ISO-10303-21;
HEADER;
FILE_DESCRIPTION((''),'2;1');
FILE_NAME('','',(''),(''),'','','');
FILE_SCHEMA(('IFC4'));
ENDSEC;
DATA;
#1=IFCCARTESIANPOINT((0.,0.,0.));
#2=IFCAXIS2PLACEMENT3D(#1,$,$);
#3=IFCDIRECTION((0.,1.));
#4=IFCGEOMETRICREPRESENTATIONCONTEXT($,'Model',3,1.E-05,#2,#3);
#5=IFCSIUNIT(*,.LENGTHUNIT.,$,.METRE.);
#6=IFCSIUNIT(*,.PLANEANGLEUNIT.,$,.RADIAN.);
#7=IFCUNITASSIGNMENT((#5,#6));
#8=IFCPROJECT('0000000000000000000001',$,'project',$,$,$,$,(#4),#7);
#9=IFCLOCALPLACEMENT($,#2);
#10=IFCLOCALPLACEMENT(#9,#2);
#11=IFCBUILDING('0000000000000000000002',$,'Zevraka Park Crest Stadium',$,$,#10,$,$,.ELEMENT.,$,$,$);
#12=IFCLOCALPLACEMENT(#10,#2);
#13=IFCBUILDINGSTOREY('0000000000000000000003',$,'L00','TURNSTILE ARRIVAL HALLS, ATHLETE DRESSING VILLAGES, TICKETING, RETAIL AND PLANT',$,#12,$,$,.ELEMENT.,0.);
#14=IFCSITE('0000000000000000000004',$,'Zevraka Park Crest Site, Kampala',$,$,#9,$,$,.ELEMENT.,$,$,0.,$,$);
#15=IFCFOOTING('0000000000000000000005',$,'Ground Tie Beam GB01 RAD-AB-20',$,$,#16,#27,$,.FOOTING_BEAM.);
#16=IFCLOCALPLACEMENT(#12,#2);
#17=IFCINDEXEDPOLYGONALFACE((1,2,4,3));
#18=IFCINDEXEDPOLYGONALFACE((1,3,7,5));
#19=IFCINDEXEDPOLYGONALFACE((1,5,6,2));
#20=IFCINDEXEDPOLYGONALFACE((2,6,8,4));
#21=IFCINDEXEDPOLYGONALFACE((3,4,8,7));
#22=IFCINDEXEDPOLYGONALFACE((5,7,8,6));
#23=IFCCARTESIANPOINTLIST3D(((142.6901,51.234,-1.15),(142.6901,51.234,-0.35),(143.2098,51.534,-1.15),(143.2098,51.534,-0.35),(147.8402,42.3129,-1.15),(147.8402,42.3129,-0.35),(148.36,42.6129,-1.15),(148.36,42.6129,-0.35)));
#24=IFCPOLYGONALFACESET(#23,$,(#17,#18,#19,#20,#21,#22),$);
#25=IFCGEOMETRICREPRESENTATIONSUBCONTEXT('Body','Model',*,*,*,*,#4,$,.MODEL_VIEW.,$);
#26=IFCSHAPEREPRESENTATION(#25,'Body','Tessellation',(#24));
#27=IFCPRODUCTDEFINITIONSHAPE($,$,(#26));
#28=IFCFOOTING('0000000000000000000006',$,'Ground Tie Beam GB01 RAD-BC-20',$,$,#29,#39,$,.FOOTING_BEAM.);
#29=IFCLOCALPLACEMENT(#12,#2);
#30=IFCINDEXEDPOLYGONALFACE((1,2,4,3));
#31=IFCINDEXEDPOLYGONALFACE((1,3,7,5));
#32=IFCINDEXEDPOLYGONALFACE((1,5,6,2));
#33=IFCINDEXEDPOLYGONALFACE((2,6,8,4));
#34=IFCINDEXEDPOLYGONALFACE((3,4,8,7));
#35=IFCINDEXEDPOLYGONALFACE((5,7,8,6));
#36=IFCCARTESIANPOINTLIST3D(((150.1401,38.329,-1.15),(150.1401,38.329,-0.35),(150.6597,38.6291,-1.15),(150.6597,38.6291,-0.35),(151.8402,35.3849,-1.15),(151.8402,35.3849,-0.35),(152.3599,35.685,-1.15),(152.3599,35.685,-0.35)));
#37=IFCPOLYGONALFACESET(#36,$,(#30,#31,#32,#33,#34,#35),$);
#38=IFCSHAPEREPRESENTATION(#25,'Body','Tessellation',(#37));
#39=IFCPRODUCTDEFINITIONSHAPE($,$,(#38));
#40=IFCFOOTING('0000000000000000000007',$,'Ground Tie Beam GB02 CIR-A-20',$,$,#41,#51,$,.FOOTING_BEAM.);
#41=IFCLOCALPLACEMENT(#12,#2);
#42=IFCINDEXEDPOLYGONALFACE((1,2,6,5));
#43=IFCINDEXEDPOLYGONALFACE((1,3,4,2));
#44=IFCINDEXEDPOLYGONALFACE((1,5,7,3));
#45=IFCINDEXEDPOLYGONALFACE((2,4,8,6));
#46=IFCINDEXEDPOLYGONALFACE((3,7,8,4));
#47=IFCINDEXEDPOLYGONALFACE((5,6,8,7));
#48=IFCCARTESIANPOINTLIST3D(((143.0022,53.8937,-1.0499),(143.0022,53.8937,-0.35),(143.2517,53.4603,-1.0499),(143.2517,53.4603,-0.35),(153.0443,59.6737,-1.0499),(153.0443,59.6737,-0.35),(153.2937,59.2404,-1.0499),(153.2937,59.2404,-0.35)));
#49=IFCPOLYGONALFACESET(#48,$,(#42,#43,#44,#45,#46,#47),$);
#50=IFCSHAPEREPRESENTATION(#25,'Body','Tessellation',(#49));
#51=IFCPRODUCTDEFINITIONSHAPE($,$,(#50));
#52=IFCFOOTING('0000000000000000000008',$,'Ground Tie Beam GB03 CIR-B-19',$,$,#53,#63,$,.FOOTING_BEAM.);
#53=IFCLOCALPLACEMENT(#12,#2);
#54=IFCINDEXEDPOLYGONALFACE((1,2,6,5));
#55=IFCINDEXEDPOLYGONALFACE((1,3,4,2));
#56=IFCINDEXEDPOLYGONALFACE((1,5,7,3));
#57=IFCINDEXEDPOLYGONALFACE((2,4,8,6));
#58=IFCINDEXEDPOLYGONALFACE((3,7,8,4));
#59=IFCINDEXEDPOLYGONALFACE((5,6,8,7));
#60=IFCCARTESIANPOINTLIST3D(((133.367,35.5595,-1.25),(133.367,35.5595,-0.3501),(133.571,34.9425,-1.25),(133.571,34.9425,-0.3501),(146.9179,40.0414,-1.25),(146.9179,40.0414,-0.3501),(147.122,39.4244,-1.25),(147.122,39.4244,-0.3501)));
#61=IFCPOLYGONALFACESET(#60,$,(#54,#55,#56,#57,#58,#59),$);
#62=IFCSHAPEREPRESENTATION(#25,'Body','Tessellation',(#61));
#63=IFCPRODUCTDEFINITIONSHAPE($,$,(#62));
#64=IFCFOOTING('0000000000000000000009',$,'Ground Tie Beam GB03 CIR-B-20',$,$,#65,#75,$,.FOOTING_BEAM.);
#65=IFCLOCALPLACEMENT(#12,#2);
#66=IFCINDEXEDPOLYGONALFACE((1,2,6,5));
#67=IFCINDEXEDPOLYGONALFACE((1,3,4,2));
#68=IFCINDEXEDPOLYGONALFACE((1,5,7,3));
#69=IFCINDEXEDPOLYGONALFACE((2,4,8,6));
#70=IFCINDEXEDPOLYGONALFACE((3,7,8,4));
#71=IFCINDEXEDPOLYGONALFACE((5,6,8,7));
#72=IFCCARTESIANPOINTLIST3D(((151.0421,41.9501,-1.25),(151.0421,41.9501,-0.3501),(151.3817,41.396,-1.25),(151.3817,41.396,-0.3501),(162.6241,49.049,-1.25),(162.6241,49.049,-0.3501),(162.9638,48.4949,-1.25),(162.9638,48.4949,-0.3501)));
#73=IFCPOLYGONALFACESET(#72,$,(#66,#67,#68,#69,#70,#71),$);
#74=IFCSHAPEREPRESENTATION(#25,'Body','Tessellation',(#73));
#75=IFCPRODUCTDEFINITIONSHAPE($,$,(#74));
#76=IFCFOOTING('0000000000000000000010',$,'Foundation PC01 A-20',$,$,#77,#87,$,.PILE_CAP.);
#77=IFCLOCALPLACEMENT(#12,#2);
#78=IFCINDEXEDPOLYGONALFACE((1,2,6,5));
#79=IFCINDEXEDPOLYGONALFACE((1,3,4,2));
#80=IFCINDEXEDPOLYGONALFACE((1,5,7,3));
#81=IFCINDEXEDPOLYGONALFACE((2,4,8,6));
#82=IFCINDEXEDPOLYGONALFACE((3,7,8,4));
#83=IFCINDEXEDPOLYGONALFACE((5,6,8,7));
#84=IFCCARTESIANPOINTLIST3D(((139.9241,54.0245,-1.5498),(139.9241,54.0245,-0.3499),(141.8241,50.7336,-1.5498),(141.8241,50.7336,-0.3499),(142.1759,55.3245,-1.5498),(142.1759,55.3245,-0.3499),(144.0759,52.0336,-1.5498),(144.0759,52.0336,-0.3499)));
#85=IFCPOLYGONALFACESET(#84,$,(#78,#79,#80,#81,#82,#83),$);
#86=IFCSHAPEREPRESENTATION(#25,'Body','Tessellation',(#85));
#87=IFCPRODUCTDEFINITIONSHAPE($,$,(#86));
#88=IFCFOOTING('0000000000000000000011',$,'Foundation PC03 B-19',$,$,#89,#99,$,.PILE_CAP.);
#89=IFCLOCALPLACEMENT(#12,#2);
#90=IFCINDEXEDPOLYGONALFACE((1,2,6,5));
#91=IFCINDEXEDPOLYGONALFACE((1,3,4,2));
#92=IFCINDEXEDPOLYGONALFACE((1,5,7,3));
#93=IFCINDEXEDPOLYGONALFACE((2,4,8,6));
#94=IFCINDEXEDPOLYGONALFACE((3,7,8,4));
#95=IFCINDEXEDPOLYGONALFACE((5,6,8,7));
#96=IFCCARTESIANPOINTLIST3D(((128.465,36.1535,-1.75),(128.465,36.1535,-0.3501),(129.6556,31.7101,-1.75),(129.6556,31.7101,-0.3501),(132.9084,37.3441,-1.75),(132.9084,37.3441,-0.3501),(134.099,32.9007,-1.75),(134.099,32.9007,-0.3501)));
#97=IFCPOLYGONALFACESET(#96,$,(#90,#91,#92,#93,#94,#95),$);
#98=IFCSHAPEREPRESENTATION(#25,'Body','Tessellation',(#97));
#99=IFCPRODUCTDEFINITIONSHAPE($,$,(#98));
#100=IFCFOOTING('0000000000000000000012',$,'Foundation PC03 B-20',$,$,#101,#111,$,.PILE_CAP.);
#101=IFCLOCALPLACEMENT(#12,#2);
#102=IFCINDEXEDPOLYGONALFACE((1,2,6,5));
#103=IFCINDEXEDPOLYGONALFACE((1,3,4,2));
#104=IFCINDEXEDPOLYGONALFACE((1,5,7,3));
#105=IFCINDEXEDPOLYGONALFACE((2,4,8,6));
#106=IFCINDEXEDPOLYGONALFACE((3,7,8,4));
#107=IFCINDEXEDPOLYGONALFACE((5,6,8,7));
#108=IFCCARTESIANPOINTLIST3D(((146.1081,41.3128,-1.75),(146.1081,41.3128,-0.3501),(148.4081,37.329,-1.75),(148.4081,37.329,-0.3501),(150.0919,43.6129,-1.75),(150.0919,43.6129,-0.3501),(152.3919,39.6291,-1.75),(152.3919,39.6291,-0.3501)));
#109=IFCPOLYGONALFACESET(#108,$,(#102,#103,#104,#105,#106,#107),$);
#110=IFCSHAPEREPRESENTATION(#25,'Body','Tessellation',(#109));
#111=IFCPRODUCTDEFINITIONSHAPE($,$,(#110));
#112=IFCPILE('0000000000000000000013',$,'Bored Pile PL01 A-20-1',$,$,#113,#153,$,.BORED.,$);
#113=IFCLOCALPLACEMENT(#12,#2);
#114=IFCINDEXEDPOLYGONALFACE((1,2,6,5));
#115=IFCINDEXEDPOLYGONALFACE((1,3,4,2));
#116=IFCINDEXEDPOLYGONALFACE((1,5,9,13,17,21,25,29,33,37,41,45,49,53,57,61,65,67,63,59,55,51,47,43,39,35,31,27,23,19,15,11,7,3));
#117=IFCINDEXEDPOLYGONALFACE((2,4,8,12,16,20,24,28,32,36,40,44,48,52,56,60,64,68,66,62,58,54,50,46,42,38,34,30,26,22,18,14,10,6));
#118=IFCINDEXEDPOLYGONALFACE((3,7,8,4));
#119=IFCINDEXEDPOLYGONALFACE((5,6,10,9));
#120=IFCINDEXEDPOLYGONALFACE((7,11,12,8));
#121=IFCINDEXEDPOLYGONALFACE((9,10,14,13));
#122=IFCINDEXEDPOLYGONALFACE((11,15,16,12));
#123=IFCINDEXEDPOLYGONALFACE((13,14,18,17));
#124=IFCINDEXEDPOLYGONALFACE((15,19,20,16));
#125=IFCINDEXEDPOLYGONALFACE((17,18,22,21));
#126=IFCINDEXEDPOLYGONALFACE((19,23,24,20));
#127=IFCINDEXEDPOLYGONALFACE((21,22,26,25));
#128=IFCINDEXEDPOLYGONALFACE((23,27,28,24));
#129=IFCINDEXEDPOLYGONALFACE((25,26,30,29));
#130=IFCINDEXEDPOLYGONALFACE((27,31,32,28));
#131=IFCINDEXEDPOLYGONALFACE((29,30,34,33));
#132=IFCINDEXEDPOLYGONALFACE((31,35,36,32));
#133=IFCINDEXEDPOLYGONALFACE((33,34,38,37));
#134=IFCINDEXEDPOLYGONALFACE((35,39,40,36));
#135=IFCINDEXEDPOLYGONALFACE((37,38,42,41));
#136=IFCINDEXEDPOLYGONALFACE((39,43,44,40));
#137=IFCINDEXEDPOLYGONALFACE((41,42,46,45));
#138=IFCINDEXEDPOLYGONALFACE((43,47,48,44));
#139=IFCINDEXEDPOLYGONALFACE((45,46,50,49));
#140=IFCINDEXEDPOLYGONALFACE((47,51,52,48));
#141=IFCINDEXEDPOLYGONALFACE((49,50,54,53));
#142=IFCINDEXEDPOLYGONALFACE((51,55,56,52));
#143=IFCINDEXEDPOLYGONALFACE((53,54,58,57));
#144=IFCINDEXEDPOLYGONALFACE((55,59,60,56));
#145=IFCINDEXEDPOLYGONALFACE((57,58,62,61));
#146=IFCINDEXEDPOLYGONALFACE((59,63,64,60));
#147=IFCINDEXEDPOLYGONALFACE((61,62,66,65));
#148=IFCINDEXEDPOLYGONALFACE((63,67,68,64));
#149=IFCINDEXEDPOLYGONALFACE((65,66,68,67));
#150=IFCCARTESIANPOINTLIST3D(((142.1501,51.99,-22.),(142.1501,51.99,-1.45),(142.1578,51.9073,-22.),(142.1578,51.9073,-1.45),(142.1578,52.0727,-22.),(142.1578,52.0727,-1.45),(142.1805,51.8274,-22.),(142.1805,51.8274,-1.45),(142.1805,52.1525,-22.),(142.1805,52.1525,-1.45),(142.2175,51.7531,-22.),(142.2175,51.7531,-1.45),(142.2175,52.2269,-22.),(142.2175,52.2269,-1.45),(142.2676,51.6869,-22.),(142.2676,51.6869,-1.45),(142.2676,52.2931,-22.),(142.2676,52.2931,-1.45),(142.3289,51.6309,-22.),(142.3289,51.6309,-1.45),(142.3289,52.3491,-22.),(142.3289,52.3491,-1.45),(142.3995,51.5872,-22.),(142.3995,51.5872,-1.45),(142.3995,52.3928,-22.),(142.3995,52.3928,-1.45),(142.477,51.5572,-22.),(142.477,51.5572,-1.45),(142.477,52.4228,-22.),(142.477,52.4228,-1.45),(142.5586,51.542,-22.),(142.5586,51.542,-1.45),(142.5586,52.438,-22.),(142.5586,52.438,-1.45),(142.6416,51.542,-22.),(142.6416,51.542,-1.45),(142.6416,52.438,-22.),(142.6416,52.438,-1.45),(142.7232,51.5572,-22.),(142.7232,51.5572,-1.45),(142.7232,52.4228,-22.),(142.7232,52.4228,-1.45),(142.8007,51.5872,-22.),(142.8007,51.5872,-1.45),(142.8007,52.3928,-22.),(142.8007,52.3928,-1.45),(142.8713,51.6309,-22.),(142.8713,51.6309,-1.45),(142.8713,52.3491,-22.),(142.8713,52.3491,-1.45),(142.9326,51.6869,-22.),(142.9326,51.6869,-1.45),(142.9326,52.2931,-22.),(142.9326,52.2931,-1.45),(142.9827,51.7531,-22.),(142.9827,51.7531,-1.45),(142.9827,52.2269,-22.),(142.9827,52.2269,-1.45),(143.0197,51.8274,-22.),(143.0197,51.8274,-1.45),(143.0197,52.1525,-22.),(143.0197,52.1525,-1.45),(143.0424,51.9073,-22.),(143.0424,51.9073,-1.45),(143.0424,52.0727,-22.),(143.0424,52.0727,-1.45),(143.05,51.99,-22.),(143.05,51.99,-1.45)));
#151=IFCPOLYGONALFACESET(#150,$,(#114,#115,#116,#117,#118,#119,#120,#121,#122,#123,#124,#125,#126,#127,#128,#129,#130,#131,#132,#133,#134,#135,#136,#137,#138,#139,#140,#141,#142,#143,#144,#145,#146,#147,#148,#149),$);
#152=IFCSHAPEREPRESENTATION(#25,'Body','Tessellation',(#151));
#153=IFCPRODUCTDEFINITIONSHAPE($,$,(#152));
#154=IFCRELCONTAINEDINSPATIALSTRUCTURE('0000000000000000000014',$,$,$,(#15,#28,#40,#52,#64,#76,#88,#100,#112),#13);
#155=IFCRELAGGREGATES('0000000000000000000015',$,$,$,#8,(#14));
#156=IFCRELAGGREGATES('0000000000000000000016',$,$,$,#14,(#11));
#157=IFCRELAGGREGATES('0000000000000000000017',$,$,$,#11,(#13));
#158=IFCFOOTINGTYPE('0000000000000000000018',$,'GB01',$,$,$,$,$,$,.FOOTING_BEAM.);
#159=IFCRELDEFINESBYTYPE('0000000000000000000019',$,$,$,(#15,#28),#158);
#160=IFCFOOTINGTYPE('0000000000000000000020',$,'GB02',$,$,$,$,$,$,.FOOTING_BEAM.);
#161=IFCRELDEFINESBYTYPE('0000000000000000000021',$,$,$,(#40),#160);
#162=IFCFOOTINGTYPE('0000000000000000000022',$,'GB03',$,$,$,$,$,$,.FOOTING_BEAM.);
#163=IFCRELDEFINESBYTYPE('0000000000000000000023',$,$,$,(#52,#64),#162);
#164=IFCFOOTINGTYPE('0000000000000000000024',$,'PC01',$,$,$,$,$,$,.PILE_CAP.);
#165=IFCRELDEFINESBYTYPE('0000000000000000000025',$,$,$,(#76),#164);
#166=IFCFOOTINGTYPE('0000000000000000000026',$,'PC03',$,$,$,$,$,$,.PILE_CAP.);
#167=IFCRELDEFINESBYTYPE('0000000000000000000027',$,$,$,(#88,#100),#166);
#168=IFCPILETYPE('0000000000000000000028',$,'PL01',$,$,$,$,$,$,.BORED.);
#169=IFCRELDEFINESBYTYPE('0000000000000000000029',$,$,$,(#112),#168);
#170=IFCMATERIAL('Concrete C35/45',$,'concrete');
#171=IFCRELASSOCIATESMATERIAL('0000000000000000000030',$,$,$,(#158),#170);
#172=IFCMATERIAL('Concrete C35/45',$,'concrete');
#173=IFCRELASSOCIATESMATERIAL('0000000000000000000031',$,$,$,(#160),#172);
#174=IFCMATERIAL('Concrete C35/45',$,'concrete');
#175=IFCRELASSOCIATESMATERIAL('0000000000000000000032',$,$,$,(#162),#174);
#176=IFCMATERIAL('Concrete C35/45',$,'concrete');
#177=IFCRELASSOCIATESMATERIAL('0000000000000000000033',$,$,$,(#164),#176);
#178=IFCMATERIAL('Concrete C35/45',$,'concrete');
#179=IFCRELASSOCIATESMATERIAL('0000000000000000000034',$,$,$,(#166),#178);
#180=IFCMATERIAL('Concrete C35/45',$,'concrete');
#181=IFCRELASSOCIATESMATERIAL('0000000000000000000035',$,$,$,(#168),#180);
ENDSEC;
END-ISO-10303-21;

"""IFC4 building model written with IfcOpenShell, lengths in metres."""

from ifc_helpers import new_model, si_unit, direction, frame, origin, origin_2d, place, context, subcontext, project, spatial, rectangle, circle, extrude, material, material_profile, profile_set, type_object, element, save


model = new_model("IFC4")

# Units and contexts
model_context = context("Model", 3, precision=1e-05, world=origin(), true_north=direction((0.0, 1.0)))
body_context = subcontext(model_context, "Body", "Model", "MODEL_VIEW")
ifc_project = project(units=[si_unit("LENGTHUNIT", "METRE"), si_unit("PLANEANGLEUNIT", "RADIAN")], contexts=[model_context])

# Site, building, storey
site_placement = place(None, origin())
site = spatial("IfcSite", under=ifc_project, at=site_placement, Name="Zevraka Park Crest Site, Kampala", CompositionType="ELEMENT", RefElevation=0.0)
building_placement = place(site_placement, origin())
building = spatial("IfcBuilding", under=site, at=building_placement, Name="Zevraka Park Crest Stadium", CompositionType="ELEMENT")
storey_placement = place(building_placement, origin())
storey = spatial("IfcBuildingStorey", under=building, at=storey_placement, Name="L00", Description="TURNSTILE ARRIVAL HALLS, ATHLETE DRESSING VILLAGES, TICKETING, RETAIL AND PLANT", CompositionType="ELEMENT", Elevation=0.0)

# Footings
ifc_material_1 = material(Name="Concrete C35/45", Category="concrete")
ifc_material_profile_1 = material_profile(ifc_material_1, rectangle(XDim=0.6001, YDim=0.8, at=origin_2d()), Name="GB 800x600")
ifc_profile_set_1 = profile_set([ifc_material_profile_1], Name="Concrete C35/45")
footing_type_1 = type_object("IfcFootingType", Name="GB01", PredefinedType="FOOTING_BEAM", material=ifc_profile_set_1)
footing_1_placement = place(storey_placement, frame((142.95, 51.384, -0.75), z_axis=(0.499965, -0.866045, 0.0), x_axis=(0.866045, 0.499965, 0.0)))
element("IfcFooting", 1, at=footing_1_placement, inside=storey, type_object=footing_type_1, Name="Ground Tie Beam GB01 RAD-AB-20", PredefinedType="FOOTING_BEAM", context=body_context, shape_type="SweptSolid", body=[
    extrude(rectangle(XDim=0.6001, YDim=0.8, at=origin_2d()), origin(), (0.0, 0.0, 1.0), 10.301),
])
footing_2_placement = place(storey_placement, frame((150.3999, 38.479, -0.75), z_axis=(0.500093, -0.865972, 0.0), x_axis=(0.865972, 0.500093, 0.0)))
element("IfcFooting", 2, at=footing_2_placement, inside=storey, type_object=footing_type_1, Name="Ground Tie Beam GB01 RAD-BC-20", PredefinedType="FOOTING_BEAM", context=body_context, shape_type="SweptSolid", body=[
    extrude(rectangle(XDim=0.6001, YDim=0.8, at=origin_2d()), origin(), (0.0, 0.0, 1.0), 3.3997),
])
ifc_material_2 = material(Name="Concrete C35/45", Category="concrete")
ifc_material_profile_2 = material_profile(ifc_material_2, rectangle(XDim=0.5, YDim=0.7, at=origin_2d()), Name="GB 700x500")
ifc_profile_set_2 = profile_set([ifc_material_profile_2], Name="Concrete C35/45")
footing_type_2 = type_object("IfcFootingType", Name="GB02", PredefinedType="FOOTING_BEAM", material=ifc_profile_set_2)
footing_3_placement = place(storey_placement, frame((143.127, 53.677, -0.7), z_axis=(0.866687, 0.498853, 0.0), x_axis=(-0.498853, 0.866687, 0.0)))
element("IfcFooting", 3, at=footing_3_placement, inside=storey, type_object=footing_type_2, Name="Ground Tie Beam GB02 CIR-A-20", PredefinedType="FOOTING_BEAM", context=body_context, shape_type="SweptSolid", body=[
    extrude(rectangle(XDim=0.5, YDim=0.7, at=origin_2d()), origin(), (0.0, 0.0, 1.0), 11.5867),
])
ifc_material_3 = material(Name="Concrete C35/45", Category="concrete")
ifc_material_profile_3 = material_profile(ifc_material_3, rectangle(XDim=0.6499, YDim=0.8999, at=origin_2d()), Name="GB 900x650")
ifc_profile_set_3 = profile_set([ifc_material_profile_3], Name="Concrete C35/45")
footing_type_3 = type_object("IfcFootingType", Name="GB03", PredefinedType="FOOTING_BEAM", material=ifc_profile_set_3)
footing_4_placement = place(storey_placement, frame((133.469, 35.251, -0.8), z_axis=(0.949418, 0.314015, 0.0), x_axis=(-0.314015, 0.949418, 0.0)))
element("IfcFooting", 4, at=footing_4_placement, inside=storey, type_object=footing_type_3, Name="Ground Tie Beam GB03 CIR-B-19", PredefinedType="FOOTING_BEAM", context=body_context, shape_type="SweptSolid", body=[
    extrude(rectangle(XDim=0.6499, YDim=0.8999, at=origin_2d()), origin(), (0.0, 0.0, 1.0), 14.2729),
])
footing_5_placement = place(storey_placement, frame((151.2119, 41.6731, -0.8), z_axis=(0.852594, 0.522573, 0.0), x_axis=(-0.522573, 0.852594, 0.0)))
element("IfcFooting", 5, at=footing_5_placement, inside=storey, type_object=footing_type_3, Name="Ground Tie Beam GB03 CIR-B-20", PredefinedType="FOOTING_BEAM", context=body_context, shape_type="SweptSolid", body=[
    extrude(rectangle(XDim=0.6499, YDim=0.8999, at=origin_2d()), origin(), (0.0, 0.0, 1.0), 13.5845),
])
ifc_material_4 = material(Name="Concrete C35/45", Category="concrete")
footing_type_4 = type_object("IfcFootingType", Name="PC01", PredefinedType="PILE_CAP", material=ifc_material_4)
footing_6_placement = place(storey_placement, frame((142.0, 53.0291, -1.5498), z_axis=(0.0, 0.0, 1.0), x_axis=(-0.5, 0.866025, 0.0)))
element("IfcFooting", 6, at=footing_6_placement, inside=storey, type_object=footing_type_4, Name="Foundation PC01 A-20", PredefinedType="PILE_CAP", context=body_context, shape_type="SweptSolid", body=[
    extrude(rectangle(XDim=3.8, YDim=2.6001, at=origin_2d()), origin(), (0.0, 0.0, 1.0), 1.2),
])
ifc_material_5 = material(Name="Concrete C35/45", Category="concrete")
footing_type_5 = type_object("IfcFootingType", Name="PC03", PredefinedType="PILE_CAP", material=ifc_material_5)
for number, where, z_axis, x_axis, name in (
    (7, (131.282, 34.5271, -1.75), (0.0, 0.0, 1.0), (-0.258819, 0.965926, 0.0), "Foundation PC03 B-19"),
    (8, (149.25, 40.4709, -1.75), (0.0, 0.0, 1.0), (-0.5, 0.866025, 0.0), "Foundation PC03 B-20"),
):
    element("IfcFooting", number, at=place(storey_placement, frame(where, z_axis=z_axis, x_axis=x_axis)), inside=storey, type_object=footing_type_5, Name=name, PredefinedType="PILE_CAP", context=body_context, shape_type="SweptSolid", body=[
        extrude(rectangle(XDim=4.6001, YDim=4.6001, at=origin_2d()), origin(), (0.0, 0.0, 1.0), 1.3999),
    ])

# Pile
ifc_material_6 = material(Name="Concrete C35/45", Category="concrete")
ifc_material_profile_4 = material_profile(ifc_material_6, circle(Radius=0.45, at=origin_2d()), Name="PILE D900")
ifc_profile_set_4 = profile_set([ifc_material_profile_4], Name="Concrete C35/45")
pile_type_1 = type_object("IfcPileType", Name="PL01", PredefinedType="BORED", material=ifc_profile_set_4)
for number, where, z_axis, x_axis, name in (
    (9, (142.6001, 51.99, -1.45), (0.0, 0.0, -1.0), (1.0, 0.0, 0.0), "Bored Pile PL01 A-20-1"),
):
    element("IfcPile", number, at=place(storey_placement, frame(where, z_axis=z_axis, x_axis=x_axis)), inside=storey, type_object=pile_type_1, Name=name, PredefinedType="BORED", context=body_context, shape_type="SweptSolid", body=[
        extrude(circle(Radius=0.45, at=origin_2d()), origin(), (0.0, 0.0, 1.0), 20.55),
    ])

save(model, "model.ifc")
